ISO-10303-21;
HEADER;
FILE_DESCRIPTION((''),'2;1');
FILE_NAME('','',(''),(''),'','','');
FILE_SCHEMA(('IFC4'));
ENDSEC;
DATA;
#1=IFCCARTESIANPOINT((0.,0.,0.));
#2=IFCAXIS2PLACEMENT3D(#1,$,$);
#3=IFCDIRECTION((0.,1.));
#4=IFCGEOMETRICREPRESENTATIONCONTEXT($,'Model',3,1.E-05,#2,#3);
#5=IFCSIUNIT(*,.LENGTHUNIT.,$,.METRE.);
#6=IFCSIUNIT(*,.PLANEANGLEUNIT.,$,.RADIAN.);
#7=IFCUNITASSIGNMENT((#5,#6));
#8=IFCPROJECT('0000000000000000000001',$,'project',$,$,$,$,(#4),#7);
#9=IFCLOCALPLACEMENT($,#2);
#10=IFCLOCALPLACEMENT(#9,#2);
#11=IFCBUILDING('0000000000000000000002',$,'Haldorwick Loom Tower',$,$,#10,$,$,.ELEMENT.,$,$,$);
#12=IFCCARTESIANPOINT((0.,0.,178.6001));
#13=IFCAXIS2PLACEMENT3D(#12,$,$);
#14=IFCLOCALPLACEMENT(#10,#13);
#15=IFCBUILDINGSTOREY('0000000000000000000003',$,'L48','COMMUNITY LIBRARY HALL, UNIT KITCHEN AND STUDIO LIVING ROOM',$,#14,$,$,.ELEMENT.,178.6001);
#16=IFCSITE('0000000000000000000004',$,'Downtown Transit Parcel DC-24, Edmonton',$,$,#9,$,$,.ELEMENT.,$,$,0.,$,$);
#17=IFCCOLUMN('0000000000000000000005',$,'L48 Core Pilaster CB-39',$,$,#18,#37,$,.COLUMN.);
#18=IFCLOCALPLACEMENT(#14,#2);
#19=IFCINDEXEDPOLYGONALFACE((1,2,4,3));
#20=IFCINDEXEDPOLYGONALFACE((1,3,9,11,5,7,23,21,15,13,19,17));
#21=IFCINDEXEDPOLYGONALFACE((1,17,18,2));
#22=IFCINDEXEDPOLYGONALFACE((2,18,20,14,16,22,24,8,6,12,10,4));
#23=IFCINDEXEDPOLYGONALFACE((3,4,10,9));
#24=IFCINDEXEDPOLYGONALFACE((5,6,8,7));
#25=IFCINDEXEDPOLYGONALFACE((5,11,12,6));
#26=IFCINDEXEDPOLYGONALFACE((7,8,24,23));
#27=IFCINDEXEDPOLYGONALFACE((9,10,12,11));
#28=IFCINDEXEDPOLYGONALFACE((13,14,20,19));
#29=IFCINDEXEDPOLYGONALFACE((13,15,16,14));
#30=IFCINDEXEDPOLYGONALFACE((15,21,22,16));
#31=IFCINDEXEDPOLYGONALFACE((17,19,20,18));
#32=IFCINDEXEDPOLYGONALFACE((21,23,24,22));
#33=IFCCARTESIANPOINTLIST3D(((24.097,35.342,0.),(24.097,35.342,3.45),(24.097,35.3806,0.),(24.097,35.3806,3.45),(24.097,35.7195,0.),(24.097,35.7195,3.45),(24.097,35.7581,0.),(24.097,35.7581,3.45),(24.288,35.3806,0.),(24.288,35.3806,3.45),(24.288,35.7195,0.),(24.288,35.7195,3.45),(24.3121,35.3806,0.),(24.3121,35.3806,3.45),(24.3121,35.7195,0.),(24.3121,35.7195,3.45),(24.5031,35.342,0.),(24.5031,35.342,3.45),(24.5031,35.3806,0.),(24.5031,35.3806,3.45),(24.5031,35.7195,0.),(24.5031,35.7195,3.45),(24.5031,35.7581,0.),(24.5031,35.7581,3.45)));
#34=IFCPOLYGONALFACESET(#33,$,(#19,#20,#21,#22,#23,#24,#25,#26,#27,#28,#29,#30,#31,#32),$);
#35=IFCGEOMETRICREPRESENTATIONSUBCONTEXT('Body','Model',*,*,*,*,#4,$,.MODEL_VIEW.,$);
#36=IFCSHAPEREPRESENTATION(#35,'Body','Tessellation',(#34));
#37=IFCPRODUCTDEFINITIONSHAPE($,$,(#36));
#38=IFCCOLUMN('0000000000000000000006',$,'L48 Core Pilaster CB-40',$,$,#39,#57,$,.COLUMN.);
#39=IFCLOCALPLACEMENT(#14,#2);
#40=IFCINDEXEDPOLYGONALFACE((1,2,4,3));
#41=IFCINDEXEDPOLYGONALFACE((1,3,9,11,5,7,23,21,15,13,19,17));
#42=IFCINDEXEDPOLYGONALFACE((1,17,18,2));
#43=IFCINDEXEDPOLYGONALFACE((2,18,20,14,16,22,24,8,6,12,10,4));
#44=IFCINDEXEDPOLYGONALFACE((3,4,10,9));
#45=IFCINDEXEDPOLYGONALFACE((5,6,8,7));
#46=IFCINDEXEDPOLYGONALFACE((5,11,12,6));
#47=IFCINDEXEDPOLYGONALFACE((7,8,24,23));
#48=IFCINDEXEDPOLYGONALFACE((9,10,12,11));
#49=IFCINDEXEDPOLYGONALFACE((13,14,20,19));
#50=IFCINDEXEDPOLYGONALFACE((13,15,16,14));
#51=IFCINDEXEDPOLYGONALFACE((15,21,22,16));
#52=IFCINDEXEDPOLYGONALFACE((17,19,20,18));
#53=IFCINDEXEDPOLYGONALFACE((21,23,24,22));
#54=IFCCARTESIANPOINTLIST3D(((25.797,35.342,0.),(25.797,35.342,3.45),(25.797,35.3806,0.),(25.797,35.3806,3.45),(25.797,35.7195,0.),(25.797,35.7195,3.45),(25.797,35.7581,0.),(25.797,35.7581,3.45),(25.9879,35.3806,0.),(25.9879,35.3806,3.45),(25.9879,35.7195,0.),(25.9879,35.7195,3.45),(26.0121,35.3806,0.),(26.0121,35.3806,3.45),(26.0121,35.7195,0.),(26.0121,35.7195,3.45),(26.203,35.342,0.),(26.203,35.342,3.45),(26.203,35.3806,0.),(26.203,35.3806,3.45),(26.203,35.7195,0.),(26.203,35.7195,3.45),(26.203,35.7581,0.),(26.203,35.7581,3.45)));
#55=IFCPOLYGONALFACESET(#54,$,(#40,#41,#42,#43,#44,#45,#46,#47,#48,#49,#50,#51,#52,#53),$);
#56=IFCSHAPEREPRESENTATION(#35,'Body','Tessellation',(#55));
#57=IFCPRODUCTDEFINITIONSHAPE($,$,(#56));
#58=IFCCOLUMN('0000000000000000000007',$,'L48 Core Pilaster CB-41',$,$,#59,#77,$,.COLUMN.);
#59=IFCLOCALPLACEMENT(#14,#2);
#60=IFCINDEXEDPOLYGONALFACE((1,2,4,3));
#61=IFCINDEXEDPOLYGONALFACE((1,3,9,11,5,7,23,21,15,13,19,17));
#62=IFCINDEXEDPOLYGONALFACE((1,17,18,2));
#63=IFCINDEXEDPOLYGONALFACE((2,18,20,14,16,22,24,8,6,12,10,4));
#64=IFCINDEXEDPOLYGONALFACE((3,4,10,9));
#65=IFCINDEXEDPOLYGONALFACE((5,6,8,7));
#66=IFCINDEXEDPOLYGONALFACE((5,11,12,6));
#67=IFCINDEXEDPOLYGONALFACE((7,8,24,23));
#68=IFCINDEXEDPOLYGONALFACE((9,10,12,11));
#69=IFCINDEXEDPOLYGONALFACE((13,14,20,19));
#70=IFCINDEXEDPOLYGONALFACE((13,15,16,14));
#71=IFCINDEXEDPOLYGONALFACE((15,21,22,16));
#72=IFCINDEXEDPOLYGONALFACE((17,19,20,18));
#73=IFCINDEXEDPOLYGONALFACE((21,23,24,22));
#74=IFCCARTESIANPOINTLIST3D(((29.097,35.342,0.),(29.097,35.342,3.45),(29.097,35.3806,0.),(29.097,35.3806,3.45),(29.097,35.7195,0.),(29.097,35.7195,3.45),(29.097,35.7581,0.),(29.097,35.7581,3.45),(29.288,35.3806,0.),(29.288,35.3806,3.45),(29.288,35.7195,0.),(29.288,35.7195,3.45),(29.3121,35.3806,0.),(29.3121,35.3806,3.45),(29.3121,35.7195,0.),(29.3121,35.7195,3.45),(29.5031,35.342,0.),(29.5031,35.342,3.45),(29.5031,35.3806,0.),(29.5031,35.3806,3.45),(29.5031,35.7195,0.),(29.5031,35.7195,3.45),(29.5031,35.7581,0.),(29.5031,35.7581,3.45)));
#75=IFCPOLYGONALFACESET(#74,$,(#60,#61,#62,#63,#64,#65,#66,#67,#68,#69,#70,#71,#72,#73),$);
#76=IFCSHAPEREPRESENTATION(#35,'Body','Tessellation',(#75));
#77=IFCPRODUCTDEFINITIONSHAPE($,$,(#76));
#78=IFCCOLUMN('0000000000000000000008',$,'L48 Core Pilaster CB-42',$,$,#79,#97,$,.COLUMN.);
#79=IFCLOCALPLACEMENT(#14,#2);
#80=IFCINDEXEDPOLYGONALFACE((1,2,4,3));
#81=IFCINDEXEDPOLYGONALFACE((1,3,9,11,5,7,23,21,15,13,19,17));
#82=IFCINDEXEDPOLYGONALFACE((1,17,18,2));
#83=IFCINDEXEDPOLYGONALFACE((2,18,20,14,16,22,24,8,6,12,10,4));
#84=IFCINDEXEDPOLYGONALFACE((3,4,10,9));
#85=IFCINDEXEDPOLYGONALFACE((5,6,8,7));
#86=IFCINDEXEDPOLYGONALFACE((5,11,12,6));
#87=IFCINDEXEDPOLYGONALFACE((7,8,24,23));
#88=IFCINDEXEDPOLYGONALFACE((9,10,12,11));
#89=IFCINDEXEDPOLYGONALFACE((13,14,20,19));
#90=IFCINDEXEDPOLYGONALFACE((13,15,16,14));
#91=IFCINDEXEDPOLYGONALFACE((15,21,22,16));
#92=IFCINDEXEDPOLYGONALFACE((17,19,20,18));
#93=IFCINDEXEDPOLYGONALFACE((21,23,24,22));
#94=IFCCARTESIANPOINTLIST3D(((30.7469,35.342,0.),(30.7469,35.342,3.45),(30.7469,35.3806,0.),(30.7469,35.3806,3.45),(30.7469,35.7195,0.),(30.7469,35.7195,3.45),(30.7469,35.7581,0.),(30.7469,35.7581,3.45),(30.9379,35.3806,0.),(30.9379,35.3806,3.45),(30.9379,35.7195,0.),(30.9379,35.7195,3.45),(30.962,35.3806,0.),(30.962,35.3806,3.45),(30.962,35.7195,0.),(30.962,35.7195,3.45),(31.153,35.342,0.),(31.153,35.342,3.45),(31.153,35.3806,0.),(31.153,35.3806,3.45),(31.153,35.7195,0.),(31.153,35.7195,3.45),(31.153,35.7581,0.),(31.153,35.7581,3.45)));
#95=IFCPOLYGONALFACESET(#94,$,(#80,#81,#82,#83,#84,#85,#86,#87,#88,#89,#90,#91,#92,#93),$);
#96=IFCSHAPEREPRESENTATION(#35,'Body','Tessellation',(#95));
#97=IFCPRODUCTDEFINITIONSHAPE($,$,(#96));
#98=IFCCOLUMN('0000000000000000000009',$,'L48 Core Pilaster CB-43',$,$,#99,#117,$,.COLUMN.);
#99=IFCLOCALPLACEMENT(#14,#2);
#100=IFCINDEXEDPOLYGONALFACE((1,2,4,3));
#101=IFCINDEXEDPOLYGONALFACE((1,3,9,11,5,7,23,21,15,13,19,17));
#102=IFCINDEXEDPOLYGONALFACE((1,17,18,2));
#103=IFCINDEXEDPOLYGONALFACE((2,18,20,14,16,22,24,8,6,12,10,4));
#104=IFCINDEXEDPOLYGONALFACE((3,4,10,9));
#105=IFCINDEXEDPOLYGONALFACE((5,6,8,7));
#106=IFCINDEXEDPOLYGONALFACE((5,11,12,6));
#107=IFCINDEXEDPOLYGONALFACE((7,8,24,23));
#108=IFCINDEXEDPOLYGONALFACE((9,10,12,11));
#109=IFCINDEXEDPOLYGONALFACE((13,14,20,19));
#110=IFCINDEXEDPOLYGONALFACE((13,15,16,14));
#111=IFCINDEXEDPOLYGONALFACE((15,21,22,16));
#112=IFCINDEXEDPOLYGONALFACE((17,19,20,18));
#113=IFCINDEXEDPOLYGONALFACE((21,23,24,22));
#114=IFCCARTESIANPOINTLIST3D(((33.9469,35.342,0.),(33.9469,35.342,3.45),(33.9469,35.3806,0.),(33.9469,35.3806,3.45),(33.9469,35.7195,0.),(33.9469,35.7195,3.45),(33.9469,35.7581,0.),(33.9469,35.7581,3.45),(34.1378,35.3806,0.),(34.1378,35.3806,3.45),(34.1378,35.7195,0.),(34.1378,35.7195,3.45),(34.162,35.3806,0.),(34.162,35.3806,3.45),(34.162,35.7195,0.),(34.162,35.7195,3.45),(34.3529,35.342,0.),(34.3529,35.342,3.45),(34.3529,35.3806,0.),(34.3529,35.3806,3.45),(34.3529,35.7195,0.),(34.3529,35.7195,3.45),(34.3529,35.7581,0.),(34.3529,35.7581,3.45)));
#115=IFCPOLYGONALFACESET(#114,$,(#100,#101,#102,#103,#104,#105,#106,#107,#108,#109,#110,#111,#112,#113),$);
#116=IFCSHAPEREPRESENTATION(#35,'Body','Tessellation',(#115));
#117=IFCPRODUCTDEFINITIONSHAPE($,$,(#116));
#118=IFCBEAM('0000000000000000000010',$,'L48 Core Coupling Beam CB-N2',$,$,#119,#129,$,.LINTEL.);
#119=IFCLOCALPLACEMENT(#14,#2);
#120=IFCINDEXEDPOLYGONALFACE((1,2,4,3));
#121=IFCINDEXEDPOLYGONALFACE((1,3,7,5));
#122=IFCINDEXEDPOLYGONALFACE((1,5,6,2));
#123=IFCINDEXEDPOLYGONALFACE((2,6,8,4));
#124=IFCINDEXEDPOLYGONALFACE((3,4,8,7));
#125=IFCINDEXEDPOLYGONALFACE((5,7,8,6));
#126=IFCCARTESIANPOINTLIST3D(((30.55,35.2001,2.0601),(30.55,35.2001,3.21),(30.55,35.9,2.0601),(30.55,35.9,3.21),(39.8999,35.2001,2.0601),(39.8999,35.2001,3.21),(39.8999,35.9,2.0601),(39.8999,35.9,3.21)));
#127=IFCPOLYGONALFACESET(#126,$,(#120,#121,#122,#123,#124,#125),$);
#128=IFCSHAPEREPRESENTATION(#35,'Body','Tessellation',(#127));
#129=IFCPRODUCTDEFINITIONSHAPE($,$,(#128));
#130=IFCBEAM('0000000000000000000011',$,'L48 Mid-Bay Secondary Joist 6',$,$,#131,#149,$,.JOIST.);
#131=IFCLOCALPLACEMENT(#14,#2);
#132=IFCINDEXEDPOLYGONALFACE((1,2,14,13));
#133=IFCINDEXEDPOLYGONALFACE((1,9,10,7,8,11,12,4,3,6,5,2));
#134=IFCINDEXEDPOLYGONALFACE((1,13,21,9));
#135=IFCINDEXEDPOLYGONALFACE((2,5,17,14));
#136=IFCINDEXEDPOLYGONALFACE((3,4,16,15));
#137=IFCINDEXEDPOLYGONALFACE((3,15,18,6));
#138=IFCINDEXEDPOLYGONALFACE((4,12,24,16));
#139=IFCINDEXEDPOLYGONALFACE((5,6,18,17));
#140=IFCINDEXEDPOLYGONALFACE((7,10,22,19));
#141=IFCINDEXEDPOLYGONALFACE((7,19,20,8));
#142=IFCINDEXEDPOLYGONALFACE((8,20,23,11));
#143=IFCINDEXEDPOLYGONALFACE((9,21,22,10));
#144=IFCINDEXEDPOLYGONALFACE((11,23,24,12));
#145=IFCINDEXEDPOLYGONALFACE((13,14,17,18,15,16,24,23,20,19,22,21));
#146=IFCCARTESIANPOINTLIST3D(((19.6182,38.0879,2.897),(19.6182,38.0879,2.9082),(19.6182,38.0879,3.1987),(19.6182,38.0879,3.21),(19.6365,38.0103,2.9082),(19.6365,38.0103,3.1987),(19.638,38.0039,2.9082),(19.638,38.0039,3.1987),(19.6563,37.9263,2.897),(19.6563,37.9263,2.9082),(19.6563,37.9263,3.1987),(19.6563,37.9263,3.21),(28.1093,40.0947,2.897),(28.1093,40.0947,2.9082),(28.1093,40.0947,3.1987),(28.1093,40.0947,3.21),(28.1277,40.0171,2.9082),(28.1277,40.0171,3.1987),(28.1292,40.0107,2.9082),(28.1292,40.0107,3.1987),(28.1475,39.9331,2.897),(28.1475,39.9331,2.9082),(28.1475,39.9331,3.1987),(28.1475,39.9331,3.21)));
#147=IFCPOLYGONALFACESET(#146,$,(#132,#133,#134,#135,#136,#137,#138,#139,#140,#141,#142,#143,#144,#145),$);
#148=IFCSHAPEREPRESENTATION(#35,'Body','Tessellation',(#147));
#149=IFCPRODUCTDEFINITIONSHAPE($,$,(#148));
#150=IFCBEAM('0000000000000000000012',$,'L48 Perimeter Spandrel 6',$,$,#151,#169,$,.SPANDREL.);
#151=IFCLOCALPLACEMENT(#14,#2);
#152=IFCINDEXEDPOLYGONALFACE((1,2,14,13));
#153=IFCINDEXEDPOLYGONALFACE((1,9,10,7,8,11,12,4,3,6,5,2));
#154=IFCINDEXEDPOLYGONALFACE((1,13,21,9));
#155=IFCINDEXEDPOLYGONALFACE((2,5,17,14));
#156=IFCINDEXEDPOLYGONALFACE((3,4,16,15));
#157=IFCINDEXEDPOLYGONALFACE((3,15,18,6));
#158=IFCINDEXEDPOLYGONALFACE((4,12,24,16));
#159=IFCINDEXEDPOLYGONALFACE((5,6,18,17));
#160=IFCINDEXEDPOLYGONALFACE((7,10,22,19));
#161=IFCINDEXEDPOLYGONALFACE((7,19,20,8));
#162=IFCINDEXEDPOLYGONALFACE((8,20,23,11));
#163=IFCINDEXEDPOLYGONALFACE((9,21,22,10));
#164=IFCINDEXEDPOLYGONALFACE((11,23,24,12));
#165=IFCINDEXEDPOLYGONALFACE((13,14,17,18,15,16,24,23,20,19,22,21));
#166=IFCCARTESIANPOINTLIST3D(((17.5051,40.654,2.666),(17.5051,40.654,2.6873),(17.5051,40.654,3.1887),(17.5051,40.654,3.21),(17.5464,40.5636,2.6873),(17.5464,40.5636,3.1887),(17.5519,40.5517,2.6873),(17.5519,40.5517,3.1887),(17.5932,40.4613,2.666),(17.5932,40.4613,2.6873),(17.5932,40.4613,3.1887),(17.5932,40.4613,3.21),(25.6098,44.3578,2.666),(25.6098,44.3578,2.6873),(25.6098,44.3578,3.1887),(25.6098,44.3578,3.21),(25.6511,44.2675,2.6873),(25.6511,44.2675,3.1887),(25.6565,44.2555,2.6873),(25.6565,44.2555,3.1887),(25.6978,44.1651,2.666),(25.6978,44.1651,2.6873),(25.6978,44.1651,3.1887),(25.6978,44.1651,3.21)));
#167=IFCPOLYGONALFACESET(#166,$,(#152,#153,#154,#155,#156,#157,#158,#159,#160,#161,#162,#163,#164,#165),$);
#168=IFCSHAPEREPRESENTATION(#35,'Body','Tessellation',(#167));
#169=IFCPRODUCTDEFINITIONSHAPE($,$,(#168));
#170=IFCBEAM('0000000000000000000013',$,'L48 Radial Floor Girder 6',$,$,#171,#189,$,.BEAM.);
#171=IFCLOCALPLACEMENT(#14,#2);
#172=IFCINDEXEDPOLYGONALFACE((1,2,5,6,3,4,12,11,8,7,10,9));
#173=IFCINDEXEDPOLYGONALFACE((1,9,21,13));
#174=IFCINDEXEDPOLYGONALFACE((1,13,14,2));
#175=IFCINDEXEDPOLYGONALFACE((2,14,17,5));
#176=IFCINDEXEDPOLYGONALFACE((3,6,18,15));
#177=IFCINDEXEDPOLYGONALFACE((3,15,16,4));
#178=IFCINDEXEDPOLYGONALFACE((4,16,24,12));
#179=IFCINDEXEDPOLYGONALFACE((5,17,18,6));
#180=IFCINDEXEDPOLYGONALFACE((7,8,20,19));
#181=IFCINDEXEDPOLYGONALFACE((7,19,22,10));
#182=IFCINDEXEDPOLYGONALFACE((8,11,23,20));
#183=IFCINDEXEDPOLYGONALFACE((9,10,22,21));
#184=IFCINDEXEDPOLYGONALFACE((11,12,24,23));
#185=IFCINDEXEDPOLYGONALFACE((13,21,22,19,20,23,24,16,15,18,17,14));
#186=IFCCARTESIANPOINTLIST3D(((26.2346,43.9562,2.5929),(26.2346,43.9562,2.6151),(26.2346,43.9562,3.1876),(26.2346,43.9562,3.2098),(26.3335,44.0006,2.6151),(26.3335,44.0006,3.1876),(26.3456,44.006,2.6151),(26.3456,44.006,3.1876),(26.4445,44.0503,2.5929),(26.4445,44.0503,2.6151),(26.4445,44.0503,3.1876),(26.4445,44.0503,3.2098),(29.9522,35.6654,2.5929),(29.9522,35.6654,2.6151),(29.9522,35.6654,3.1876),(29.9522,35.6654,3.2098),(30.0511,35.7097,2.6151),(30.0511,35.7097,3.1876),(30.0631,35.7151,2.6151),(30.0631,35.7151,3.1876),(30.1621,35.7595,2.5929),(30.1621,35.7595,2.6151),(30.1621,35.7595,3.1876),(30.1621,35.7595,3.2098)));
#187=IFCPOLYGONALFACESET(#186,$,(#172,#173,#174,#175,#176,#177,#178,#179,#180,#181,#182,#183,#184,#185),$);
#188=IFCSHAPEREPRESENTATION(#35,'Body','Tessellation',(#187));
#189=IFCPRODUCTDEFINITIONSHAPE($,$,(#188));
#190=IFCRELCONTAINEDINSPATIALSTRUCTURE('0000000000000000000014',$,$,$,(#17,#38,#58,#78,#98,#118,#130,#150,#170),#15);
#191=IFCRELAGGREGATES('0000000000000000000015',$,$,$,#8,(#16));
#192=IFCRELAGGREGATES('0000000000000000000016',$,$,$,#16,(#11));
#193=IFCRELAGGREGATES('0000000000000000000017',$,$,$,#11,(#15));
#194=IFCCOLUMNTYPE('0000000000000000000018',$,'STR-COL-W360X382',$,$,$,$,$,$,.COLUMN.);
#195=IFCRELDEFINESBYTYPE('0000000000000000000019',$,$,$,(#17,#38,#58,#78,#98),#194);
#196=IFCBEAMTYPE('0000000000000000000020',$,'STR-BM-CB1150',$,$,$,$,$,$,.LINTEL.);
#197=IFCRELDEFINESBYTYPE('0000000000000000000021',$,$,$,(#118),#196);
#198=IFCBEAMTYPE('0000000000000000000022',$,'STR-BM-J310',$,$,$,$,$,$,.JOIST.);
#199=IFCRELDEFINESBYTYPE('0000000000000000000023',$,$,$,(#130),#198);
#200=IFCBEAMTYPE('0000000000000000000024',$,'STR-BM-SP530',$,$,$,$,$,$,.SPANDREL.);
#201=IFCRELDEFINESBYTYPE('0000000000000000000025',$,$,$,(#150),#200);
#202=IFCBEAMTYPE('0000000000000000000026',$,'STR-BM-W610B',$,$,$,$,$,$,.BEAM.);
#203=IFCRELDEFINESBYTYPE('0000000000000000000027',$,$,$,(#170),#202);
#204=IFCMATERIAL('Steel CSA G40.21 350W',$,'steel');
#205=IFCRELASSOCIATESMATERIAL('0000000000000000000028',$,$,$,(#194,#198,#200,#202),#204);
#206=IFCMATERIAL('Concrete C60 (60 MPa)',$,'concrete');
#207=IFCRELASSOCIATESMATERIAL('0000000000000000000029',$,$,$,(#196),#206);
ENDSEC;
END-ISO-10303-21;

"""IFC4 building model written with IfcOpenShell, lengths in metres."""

from ifc_helpers import new_model, si_unit, direction, frame, origin, origin_2d, place, context, subcontext, project, spatial, rectangle, i_section, extrude, material, material_profile, profile_set, type_object, element, save


model = new_model("IFC4")

# Units and contexts
model_context = context("Model", 3, precision=1e-05, world=origin(), true_north=direction((0.0, 1.0)))
body_context = subcontext(model_context, "Body", "Model", "MODEL_VIEW")
ifc_project = project(units=[si_unit("LENGTHUNIT", "METRE"), si_unit("PLANEANGLEUNIT", "RADIAN")], contexts=[model_context])

# Site, building, storey
site_placement = place(None, origin())
site = spatial("IfcSite", under=ifc_project, at=site_placement, Name="Downtown Transit Parcel DC-24, Edmonton", CompositionType="ELEMENT", RefElevation=0.0)
building_placement = place(site_placement, origin())
building = spatial("IfcBuilding", under=site, at=building_placement, Name="Haldorwick Loom Tower", CompositionType="ELEMENT")
storey_placement = place(building_placement, frame((0.0, 0.0, 178.6001)))
storey = spatial("IfcBuildingStorey", under=building, at=storey_placement, Name="L48", Description="COMMUNITY LIBRARY HALL, UNIT KITCHEN AND STUDIO LIVING ROOM", CompositionType="ELEMENT", Elevation=178.6001)

# Columns
ifc_material_1 = material(Name="Concrete C60 (60 MPa)", Category="concrete")
ifc_material_2 = material(Name="Steel CSA G40.21 350W", Category="steel")
ifc_material_profile_1 = material_profile(ifc_material_2, i_section(OverallWidth=0.406, OverallDepth=0.416, WebThickness=0.0242, FlangeThickness=0.0386, at=origin_2d()), Name="W360X382", Category="steel")
ifc_profile_set_1 = profile_set([ifc_material_profile_1], Name="Steel CSA G40.21 350W")
column_type_1 = type_object("IfcColumnType", Name="STR-COL-W360X382", PredefinedType="COLUMN", material=ifc_profile_set_1)
for number, where, z_axis, x_axis, name in (
    (1, (24.3, 35.55, 0.0), (0.0, 0.0, 1.0), (1.0, 0.0, 0.0), "L48 Core Pilaster CB-39"),
    (2, (26.0, 35.55, 0.0), (0.0, 0.0, 1.0), (1.0, 0.0, 0.0), "L48 Core Pilaster CB-40"),
    (3, (29.3, 35.55, 0.0), (0.0, 0.0, 1.0), (1.0, 0.0, 0.0), "L48 Core Pilaster CB-41"),
    (4, (30.95, 35.55, 0.0), (0.0, 0.0, 1.0), (1.0, 0.0, 0.0), "L48 Core Pilaster CB-42"),
    (5, (34.1499, 35.55, 0.0), (0.0, 0.0, 1.0), (1.0, 0.0, 0.0), "L48 Core Pilaster CB-43"),
):
    element("IfcColumn", number, at=place(storey_placement, frame(where, z_axis=z_axis, x_axis=x_axis)), inside=storey, type_object=column_type_1, Name=name, PredefinedType="COLUMN", context=body_context, shape_type="SweptSolid", body=[
        extrude(i_section(OverallWidth=0.406, OverallDepth=0.416, WebThickness=0.0242, FlangeThickness=0.0386, at=origin_2d()), origin(), (0.0, 0.0, 1.0), 3.45),
    ])

# Beams
ifc_material_profile_2 = material_profile(ifc_material_1, rectangle(XDim=0.7, YDim=1.1499, at=origin_2d()), Name="RC700X1150", Category="concrete")
ifc_profile_set_2 = profile_set([ifc_material_profile_2], Name="Concrete C60 (60 MPa)")
beam_type_1 = type_object("IfcBeamType", Name="STR-BM-CB1150", PredefinedType="LINTEL", material=ifc_profile_set_2)
beam_1_placement = place(storey_placement, frame((30.55, 35.55, 2.635), z_axis=(1.0, 0.0, 0.0), x_axis=(0.0, 1.0, 0.0)))
element("IfcBeam", 6, at=beam_1_placement, inside=storey, type_object=beam_type_1, Name="L48 Core Coupling Beam CB-N2", PredefinedType="LINTEL", context=body_context, shape_type="SweptSolid", body=[
    extrude(rectangle(XDim=0.7, YDim=1.1499, at=origin_2d()), origin(), (0.0, 0.0, 1.0), 9.3499),
])
ifc_material_profile_3 = material_profile(ifc_material_2, i_section(OverallWidth=0.166, OverallDepth=0.313, WebThickness=0.0066, FlangeThickness=0.0112, at=origin_2d()), Name="W310X45", Category="steel")
ifc_profile_set_3 = profile_set([ifc_material_profile_3], Name="Steel CSA G40.21 350W")
beam_type_2 = type_object("IfcBeamType", Name="STR-BM-J310", PredefinedType="JOIST", material=ifc_profile_set_3)
beam_2_placement = place(storey_placement, frame((28.1284, 40.0139, 3.0535), z_axis=(-0.973189, -0.230006, 0.0), x_axis=(0.230006, -0.973189, 0.0)))
element("IfcBeam", 7, at=beam_2_placement, inside=storey, type_object=beam_type_2, Name="L48 Mid-Bay Secondary Joist 6", PredefinedType="JOIST", context=body_context, shape_type="SweptSolid", body=[
    extrude(i_section(OverallWidth=0.166, OverallDepth=0.313, WebThickness=0.0066, FlangeThickness=0.0112, at=origin_2d()), origin(), (0.0, 0.0, 1.0), 8.7251),
])
ifc_material_profile_4 = material_profile(ifc_material_2, i_section(OverallWidth=0.2119, OverallDepth=0.5439, WebThickness=0.0132, FlangeThickness=0.0212, at=origin_2d()), Name="W530X123", Category="steel")
ifc_profile_set_4 = profile_set([ifc_material_profile_4], Name="Steel CSA G40.21 350W")
beam_type_3 = type_object("IfcBeamType", Name="STR-BM-SP530", PredefinedType="SPANDREL", material=ifc_profile_set_4)
beam_3_placement = place(storey_placement, frame((25.6538, 44.2615, 2.938), z_axis=(-0.909524, -0.415652, 0.0), x_axis=(0.415652, -0.909524, 0.0)))
element("IfcBeam", 8, at=beam_3_placement, inside=storey, type_object=beam_type_3, Name="L48 Perimeter Spandrel 6", PredefinedType="SPANDREL", context=body_context, shape_type="SweptSolid", body=[
    extrude(i_section(OverallWidth=0.2119, OverallDepth=0.5439, WebThickness=0.0132, FlangeThickness=0.0212, at=origin_2d()), origin(), (0.0, 0.0, 1.0), 8.9109),
])
ifc_material_profile_5 = material_profile(ifc_material_2, i_section(OverallWidth=0.23, OverallDepth=0.6169, WebThickness=0.0132, FlangeThickness=0.0222, at=origin_2d()), Name="W610X140", Category="steel")
ifc_profile_set_5 = profile_set([ifc_material_profile_5], Name="Steel CSA G40.21 350W")
beam_type_4 = type_object("IfcBeamType", Name="STR-BM-W610B", PredefinedType="BEAM", material=ifc_profile_set_5)
beam_4_placement = place(storey_placement, frame((30.0571, 35.7124, 2.9014), z_axis=(-0.409145, 0.912469, 0.0), x_axis=(-0.912469, -0.409145, 0.0)))
element("IfcBeam", 9, at=beam_4_placement, inside=storey, type_object=beam_type_4, Name="L48 Radial Floor Girder 6", PredefinedType="BEAM", context=body_context, shape_type="SweptSolid", body=[
    extrude(i_section(OverallWidth=0.23, OverallDepth=0.6169, WebThickness=0.0132, FlangeThickness=0.0222, at=origin_2d()), origin(), (0.0, 0.0, 1.0), 9.0862),
])

save(model, "model.ifc")
